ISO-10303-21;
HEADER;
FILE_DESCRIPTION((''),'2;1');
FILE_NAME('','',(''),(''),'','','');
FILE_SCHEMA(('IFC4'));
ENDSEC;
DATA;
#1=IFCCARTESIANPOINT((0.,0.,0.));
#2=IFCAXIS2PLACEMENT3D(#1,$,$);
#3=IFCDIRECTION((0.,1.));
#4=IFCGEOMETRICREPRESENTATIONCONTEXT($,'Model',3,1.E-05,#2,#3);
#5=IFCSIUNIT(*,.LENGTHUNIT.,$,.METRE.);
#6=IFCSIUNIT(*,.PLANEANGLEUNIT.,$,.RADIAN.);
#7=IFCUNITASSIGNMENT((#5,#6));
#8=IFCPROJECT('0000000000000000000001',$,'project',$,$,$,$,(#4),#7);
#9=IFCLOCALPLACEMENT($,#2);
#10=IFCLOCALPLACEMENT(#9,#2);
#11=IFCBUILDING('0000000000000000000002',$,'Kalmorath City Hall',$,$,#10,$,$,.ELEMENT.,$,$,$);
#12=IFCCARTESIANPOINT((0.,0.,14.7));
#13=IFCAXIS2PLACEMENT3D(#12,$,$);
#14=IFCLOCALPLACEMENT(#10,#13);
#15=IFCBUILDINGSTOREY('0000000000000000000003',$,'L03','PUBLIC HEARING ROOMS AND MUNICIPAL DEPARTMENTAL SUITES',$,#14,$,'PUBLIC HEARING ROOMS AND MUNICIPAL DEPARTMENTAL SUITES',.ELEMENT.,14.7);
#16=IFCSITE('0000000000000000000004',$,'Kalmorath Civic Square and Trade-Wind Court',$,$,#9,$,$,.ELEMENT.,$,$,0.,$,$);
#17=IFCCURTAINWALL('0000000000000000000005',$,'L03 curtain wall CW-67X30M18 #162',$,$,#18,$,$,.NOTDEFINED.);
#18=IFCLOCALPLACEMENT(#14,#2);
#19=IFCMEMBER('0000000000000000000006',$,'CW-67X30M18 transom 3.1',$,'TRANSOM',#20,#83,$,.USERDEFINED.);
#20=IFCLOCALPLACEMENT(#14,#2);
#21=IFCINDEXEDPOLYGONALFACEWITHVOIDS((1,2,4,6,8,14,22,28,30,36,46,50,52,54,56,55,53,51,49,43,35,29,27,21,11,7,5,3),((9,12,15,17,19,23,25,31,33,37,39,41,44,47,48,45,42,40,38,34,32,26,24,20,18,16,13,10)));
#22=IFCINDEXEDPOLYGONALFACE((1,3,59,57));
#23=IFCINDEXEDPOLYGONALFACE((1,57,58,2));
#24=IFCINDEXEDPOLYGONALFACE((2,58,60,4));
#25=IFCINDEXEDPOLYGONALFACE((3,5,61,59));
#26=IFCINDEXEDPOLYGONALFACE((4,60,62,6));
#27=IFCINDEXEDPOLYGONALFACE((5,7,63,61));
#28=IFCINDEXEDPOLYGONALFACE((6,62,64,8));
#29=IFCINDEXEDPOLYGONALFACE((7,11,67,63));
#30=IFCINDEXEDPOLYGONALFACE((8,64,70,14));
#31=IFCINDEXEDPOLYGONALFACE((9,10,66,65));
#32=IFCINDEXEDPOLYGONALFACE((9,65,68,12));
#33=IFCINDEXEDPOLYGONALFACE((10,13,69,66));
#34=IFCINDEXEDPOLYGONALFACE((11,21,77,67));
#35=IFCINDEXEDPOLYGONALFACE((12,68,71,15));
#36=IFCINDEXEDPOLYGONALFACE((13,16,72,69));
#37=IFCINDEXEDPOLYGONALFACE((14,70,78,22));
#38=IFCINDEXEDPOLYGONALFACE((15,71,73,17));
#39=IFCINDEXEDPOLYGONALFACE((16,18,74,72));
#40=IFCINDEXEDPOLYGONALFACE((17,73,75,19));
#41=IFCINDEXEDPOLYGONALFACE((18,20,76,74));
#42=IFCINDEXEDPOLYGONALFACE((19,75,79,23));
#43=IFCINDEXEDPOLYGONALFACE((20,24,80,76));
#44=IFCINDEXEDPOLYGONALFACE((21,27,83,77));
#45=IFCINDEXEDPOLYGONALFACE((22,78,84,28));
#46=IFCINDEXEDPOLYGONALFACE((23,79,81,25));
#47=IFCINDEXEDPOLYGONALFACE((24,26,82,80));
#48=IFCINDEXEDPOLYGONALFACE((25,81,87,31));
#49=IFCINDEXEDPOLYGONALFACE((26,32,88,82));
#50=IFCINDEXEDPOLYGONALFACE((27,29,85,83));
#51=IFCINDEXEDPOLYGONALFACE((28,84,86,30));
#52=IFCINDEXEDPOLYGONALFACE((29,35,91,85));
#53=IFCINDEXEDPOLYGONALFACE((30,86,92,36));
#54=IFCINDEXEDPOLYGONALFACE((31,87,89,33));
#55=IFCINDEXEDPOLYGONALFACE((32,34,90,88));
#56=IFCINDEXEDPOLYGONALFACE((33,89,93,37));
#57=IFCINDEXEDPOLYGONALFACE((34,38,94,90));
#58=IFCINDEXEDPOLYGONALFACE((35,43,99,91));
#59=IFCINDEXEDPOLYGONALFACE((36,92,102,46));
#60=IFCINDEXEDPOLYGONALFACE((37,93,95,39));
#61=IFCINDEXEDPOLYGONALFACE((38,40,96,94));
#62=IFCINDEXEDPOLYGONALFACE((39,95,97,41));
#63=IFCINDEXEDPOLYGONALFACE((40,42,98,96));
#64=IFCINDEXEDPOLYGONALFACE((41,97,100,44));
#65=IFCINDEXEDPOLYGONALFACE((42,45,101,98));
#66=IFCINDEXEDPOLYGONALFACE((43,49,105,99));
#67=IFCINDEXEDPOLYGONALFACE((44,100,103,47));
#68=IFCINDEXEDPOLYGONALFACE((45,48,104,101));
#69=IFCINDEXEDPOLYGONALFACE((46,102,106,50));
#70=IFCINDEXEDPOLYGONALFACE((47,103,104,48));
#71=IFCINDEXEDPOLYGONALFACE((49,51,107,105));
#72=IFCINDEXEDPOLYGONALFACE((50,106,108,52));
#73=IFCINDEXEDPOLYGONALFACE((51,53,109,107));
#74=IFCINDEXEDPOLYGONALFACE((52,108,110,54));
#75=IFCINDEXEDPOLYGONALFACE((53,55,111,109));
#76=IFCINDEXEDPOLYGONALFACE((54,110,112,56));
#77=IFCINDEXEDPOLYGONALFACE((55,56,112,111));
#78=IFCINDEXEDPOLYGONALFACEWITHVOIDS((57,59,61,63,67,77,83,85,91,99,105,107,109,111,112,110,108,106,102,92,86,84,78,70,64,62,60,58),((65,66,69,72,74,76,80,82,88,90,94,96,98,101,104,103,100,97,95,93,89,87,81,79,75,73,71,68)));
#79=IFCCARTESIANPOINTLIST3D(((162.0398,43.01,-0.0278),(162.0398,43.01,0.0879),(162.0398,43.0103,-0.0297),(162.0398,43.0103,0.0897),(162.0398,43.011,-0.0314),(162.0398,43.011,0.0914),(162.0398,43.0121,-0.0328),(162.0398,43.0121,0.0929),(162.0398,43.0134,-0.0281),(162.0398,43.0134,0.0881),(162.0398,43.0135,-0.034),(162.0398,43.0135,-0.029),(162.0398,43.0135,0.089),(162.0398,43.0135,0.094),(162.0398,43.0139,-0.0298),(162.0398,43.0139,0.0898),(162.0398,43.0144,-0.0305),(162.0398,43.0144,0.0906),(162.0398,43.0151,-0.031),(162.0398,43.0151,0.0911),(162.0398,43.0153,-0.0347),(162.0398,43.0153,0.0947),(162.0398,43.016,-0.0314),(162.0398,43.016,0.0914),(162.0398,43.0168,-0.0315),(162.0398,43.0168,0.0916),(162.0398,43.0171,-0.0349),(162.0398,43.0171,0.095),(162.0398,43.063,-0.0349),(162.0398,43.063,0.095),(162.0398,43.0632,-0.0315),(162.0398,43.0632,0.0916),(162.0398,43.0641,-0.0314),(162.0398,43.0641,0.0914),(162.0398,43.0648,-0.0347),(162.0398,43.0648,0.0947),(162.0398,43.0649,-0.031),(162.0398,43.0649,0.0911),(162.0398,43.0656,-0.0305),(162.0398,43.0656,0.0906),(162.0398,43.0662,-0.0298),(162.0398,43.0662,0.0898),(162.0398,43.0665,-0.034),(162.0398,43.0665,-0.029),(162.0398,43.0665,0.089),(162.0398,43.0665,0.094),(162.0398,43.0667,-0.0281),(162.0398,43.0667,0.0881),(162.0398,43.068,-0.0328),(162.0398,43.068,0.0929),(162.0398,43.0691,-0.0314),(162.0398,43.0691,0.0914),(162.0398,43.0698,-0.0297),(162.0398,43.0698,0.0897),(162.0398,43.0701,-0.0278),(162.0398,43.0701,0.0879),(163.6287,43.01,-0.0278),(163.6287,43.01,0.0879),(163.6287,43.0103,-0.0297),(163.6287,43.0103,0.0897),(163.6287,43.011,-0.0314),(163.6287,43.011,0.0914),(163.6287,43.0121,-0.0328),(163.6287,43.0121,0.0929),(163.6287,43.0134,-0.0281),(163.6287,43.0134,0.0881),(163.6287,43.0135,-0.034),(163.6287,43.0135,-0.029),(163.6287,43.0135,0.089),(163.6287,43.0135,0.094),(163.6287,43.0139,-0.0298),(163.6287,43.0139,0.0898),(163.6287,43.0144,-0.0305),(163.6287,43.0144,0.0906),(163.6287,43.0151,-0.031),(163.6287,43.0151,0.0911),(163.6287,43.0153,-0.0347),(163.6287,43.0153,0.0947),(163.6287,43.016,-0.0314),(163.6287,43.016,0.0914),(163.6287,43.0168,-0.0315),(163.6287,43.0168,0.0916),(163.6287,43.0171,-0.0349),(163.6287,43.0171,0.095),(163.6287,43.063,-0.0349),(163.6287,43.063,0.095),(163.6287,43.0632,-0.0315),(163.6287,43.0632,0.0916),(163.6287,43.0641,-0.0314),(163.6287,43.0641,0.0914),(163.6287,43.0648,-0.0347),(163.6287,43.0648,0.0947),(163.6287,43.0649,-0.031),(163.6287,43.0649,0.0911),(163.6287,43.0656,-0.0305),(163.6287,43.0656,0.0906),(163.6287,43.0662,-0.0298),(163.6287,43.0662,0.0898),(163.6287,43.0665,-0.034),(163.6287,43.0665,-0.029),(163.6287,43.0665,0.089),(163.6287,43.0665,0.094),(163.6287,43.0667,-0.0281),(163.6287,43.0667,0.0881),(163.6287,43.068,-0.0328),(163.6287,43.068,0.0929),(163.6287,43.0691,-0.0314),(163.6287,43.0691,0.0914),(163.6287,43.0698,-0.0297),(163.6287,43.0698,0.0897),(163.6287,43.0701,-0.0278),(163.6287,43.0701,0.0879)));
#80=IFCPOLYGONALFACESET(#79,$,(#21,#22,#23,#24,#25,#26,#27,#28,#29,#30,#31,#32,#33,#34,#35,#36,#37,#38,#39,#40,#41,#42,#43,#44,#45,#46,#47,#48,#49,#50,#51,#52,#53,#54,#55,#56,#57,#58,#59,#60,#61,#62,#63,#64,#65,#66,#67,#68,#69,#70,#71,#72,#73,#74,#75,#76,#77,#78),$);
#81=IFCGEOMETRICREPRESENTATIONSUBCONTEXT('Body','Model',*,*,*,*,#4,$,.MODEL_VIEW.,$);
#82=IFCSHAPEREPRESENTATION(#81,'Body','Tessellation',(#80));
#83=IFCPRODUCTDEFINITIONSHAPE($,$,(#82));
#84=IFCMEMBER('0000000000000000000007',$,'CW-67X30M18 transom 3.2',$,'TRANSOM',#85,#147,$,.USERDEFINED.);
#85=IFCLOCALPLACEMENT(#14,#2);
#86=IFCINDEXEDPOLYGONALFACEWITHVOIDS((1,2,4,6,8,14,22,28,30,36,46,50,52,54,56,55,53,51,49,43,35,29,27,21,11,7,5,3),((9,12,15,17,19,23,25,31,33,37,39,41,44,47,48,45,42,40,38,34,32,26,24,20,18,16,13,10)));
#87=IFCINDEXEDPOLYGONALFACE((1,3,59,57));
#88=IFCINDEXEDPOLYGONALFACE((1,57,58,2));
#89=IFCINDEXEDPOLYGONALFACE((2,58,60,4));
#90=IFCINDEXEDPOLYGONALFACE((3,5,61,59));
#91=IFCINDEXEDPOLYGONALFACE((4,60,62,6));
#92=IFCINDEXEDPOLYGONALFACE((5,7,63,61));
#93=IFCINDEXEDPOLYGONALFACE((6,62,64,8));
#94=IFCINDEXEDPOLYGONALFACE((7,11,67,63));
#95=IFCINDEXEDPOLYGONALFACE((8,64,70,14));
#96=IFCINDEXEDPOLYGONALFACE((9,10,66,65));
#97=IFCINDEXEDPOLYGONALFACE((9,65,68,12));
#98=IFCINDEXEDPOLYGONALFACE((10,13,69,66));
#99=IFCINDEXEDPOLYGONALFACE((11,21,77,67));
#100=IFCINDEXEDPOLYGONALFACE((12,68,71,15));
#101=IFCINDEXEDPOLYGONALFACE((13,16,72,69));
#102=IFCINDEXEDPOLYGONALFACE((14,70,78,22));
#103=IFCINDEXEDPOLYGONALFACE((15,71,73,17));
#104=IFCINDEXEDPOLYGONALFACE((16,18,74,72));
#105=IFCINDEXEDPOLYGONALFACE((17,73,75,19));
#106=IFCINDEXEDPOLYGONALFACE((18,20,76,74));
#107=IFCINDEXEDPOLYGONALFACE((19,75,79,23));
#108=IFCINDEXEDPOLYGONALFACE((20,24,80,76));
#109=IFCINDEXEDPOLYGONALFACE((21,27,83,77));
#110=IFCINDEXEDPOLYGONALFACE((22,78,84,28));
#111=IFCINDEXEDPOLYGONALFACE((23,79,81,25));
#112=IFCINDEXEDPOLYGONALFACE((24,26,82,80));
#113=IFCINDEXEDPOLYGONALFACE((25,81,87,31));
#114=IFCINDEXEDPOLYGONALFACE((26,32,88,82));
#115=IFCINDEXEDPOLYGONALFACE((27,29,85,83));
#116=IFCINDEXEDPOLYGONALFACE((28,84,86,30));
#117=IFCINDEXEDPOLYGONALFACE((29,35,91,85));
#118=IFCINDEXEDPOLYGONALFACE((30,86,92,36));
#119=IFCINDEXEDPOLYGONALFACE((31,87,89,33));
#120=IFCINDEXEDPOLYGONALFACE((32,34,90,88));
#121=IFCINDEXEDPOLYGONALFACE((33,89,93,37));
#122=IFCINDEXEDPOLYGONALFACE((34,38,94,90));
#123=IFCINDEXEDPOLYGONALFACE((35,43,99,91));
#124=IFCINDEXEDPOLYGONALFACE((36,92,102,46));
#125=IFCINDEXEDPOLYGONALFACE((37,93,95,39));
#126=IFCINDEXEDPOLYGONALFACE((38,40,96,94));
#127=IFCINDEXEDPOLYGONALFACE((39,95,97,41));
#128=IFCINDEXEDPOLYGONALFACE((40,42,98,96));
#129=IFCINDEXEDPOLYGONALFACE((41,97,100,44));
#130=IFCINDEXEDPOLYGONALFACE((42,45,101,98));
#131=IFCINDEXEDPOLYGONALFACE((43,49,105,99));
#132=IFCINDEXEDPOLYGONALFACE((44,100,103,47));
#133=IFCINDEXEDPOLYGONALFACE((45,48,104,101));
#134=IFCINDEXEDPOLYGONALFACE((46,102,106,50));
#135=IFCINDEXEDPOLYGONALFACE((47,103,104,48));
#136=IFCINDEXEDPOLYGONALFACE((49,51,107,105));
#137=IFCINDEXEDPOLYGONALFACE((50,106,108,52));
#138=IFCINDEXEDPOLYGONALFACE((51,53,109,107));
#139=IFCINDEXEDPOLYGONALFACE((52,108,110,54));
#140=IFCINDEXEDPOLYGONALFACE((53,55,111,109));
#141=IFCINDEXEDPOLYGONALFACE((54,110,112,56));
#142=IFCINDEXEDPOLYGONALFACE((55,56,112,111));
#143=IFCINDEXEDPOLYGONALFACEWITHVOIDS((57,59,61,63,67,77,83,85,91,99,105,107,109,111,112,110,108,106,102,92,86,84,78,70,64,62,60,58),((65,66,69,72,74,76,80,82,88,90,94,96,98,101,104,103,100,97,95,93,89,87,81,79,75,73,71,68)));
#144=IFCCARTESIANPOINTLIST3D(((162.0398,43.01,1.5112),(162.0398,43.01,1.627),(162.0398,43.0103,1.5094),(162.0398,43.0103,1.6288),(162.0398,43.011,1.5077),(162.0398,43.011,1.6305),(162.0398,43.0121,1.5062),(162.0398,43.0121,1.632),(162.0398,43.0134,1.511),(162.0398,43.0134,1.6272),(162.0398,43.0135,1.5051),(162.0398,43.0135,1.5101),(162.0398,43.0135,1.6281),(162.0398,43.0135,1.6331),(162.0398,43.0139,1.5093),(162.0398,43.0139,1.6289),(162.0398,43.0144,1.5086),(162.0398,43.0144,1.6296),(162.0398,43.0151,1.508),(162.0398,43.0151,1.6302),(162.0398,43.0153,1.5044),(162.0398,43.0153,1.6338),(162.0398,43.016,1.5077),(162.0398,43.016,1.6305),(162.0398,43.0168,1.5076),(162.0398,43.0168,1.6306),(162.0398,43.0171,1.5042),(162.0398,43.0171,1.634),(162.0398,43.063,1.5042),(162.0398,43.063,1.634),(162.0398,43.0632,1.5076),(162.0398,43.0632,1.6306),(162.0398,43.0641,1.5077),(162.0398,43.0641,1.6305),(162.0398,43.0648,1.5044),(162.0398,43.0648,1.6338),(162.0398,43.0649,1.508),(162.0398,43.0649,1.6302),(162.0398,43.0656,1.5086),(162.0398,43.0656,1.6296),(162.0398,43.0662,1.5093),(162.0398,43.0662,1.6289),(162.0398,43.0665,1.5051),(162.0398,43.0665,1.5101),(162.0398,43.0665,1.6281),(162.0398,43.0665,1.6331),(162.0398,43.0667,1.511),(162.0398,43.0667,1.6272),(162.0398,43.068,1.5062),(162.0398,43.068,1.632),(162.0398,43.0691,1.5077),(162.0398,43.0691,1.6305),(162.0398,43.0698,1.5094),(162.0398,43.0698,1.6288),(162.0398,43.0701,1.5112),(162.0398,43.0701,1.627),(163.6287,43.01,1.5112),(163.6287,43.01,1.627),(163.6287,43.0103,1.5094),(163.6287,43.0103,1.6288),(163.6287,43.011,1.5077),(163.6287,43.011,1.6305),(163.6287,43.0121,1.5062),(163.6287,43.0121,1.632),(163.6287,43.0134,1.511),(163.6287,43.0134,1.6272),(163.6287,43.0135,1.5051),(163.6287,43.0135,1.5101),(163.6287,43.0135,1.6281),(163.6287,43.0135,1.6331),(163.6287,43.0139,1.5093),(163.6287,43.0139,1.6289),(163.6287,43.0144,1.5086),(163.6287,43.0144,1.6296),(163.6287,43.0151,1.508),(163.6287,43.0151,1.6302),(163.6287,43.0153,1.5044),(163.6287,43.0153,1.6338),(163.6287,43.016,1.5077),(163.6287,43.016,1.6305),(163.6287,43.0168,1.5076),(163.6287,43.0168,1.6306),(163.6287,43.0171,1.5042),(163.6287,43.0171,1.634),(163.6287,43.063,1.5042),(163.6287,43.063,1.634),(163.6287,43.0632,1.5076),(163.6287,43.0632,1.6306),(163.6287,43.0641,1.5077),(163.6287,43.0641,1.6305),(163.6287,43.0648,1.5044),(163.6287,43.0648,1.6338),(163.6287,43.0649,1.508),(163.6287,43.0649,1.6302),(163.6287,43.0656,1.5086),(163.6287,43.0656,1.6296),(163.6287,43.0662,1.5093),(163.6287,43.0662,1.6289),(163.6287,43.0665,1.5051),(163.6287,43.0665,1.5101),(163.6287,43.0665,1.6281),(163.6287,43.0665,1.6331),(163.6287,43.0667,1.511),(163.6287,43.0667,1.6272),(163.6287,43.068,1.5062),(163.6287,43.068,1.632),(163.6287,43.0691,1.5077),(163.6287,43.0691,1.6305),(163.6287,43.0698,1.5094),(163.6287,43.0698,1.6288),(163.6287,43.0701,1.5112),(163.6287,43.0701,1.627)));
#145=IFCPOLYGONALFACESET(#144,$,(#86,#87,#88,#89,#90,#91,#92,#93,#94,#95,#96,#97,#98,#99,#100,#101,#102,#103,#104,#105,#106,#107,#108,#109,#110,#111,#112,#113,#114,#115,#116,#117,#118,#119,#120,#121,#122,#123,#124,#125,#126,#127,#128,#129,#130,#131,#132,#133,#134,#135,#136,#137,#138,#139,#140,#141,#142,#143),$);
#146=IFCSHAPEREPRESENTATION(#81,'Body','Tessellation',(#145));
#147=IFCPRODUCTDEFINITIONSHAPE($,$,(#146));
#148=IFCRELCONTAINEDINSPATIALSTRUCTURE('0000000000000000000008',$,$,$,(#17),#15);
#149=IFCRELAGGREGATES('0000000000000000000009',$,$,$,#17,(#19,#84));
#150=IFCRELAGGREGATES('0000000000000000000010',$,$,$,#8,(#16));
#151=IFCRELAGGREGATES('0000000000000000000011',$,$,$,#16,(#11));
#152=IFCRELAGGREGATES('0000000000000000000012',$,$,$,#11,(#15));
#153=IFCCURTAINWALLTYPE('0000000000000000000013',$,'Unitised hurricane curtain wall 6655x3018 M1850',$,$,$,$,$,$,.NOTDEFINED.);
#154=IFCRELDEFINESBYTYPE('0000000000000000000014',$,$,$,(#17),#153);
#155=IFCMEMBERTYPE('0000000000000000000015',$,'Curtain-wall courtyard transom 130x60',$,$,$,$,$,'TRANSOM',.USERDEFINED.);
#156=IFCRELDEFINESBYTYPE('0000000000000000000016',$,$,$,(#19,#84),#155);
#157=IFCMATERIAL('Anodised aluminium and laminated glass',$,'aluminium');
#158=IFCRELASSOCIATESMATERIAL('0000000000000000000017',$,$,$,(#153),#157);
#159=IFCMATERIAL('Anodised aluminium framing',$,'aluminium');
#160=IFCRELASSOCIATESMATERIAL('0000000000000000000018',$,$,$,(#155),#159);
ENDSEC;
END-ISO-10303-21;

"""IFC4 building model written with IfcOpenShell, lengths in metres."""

from ifc_helpers import new_model, si_unit, direction, frame, origin, origin_2d, place, context, subcontext, project, spatial, hollow_rectangle, extrude, material, material_profile, profile_set, type_object, element, aggregate, save


model = new_model("IFC4")

# Units and contexts
model_context = context("Model", 3, precision=1e-05, world=origin(), true_north=direction((0.0, 1.0)))
body_context = subcontext(model_context, "Body", "Model", "MODEL_VIEW")
ifc_project = project(units=[si_unit("LENGTHUNIT", "METRE"), si_unit("PLANEANGLEUNIT", "RADIAN")], contexts=[model_context])

# Site, building, storey
site_placement = place(None, origin())
site = spatial("IfcSite", under=ifc_project, at=site_placement, Name="Kalmorath Civic Square and Trade-Wind Court", CompositionType="ELEMENT", RefElevation=0.0)
building_placement = place(site_placement, origin())
building = spatial("IfcBuilding", under=site, at=building_placement, Name="Kalmorath City Hall", CompositionType="ELEMENT")
storey_placement = place(building_placement, frame((0.0, 0.0, 14.7)))
storey = spatial("IfcBuildingStorey", under=building, at=storey_placement, Name="L03", Description="PUBLIC HEARING ROOMS AND MUNICIPAL DEPARTMENTAL SUITES", LongName="PUBLIC HEARING ROOMS AND MUNICIPAL DEPARTMENTAL SUITES", CompositionType="ELEMENT", Elevation=14.7)

# Curtain wall, members
ifc_material_1 = material(Name="Anodised aluminium and laminated glass", Category="aluminium")
curtain_wall_type = type_object("IfcCurtainWallType", Name="Unitised hurricane curtain wall 6655x3018 M1850", PredefinedType="NOTDEFINED", material=ifc_material_1)
curtain_wall_placement = place(storey_placement, origin())
curtain_wall = element("IfcCurtainWall", 1, at=curtain_wall_placement, inside=storey, type_object=curtain_wall_type, Name="L03 curtain wall CW-67X30M18 #162", PredefinedType="NOTDEFINED")
ifc_material_2 = material(Name="Anodised aluminium framing", Category="aluminium")
ifc_material_profile_1 = material_profile(ifc_material_2, hollow_rectangle(XDim=0.0601, YDim=0.1299, WallThickness=0.0034, InnerFilletRadius=0.0034, OuterFilletRadius=0.0071, at=origin_2d()), Name="ALU-TRN-130X60X3.5")
ifc_profile_set_1 = profile_set([ifc_material_profile_1], Name="Anodised aluminium framing")
member_type_1 = type_object("IfcMemberType", Name="Curtain-wall courtyard transom 130x60", ElementType="TRANSOM", PredefinedType="USERDEFINED", material=ifc_profile_set_1)
member_1_placement = place(storey_placement, frame((162.0398, 43.04, 0.03), z_axis=(1.0, 0.0, 0.0), x_axis=(0.0, 1.0, 0.0)))
member_1 = element("IfcMember", 2, at=member_1_placement, type_object=member_type_1, Name="CW-67X30M18 transom 3.1", ObjectType="TRANSOM", PredefinedType="USERDEFINED", context=body_context, shape_type="SweptSolid", body=[
    extrude(hollow_rectangle(XDim=0.0601, YDim=0.1299, WallThickness=0.0034, InnerFilletRadius=0.0034, OuterFilletRadius=0.0071, at=origin_2d()), origin(), (0.0, 0.0, 1.0), 1.5889),
])
member_2_placement = place(storey_placement, frame((162.0398, 43.04, 1.5691), z_axis=(1.0, 0.0, 0.0), x_axis=(0.0, 1.0, 0.0)))
member_2 = element("IfcMember", 3, at=member_2_placement, type_object=member_type_1, Name="CW-67X30M18 transom 3.2", ObjectType="TRANSOM", PredefinedType="USERDEFINED", context=body_context, shape_type="SweptSolid", body=[
    extrude(hollow_rectangle(XDim=0.0601, YDim=0.1299, WallThickness=0.0034, InnerFilletRadius=0.0034, OuterFilletRadius=0.0071, at=origin_2d()), origin(), (0.0, 0.0, 1.0), 1.5889),
])
aggregate(curtain_wall, [member_1, member_2])

save(model, "model.ifc")
